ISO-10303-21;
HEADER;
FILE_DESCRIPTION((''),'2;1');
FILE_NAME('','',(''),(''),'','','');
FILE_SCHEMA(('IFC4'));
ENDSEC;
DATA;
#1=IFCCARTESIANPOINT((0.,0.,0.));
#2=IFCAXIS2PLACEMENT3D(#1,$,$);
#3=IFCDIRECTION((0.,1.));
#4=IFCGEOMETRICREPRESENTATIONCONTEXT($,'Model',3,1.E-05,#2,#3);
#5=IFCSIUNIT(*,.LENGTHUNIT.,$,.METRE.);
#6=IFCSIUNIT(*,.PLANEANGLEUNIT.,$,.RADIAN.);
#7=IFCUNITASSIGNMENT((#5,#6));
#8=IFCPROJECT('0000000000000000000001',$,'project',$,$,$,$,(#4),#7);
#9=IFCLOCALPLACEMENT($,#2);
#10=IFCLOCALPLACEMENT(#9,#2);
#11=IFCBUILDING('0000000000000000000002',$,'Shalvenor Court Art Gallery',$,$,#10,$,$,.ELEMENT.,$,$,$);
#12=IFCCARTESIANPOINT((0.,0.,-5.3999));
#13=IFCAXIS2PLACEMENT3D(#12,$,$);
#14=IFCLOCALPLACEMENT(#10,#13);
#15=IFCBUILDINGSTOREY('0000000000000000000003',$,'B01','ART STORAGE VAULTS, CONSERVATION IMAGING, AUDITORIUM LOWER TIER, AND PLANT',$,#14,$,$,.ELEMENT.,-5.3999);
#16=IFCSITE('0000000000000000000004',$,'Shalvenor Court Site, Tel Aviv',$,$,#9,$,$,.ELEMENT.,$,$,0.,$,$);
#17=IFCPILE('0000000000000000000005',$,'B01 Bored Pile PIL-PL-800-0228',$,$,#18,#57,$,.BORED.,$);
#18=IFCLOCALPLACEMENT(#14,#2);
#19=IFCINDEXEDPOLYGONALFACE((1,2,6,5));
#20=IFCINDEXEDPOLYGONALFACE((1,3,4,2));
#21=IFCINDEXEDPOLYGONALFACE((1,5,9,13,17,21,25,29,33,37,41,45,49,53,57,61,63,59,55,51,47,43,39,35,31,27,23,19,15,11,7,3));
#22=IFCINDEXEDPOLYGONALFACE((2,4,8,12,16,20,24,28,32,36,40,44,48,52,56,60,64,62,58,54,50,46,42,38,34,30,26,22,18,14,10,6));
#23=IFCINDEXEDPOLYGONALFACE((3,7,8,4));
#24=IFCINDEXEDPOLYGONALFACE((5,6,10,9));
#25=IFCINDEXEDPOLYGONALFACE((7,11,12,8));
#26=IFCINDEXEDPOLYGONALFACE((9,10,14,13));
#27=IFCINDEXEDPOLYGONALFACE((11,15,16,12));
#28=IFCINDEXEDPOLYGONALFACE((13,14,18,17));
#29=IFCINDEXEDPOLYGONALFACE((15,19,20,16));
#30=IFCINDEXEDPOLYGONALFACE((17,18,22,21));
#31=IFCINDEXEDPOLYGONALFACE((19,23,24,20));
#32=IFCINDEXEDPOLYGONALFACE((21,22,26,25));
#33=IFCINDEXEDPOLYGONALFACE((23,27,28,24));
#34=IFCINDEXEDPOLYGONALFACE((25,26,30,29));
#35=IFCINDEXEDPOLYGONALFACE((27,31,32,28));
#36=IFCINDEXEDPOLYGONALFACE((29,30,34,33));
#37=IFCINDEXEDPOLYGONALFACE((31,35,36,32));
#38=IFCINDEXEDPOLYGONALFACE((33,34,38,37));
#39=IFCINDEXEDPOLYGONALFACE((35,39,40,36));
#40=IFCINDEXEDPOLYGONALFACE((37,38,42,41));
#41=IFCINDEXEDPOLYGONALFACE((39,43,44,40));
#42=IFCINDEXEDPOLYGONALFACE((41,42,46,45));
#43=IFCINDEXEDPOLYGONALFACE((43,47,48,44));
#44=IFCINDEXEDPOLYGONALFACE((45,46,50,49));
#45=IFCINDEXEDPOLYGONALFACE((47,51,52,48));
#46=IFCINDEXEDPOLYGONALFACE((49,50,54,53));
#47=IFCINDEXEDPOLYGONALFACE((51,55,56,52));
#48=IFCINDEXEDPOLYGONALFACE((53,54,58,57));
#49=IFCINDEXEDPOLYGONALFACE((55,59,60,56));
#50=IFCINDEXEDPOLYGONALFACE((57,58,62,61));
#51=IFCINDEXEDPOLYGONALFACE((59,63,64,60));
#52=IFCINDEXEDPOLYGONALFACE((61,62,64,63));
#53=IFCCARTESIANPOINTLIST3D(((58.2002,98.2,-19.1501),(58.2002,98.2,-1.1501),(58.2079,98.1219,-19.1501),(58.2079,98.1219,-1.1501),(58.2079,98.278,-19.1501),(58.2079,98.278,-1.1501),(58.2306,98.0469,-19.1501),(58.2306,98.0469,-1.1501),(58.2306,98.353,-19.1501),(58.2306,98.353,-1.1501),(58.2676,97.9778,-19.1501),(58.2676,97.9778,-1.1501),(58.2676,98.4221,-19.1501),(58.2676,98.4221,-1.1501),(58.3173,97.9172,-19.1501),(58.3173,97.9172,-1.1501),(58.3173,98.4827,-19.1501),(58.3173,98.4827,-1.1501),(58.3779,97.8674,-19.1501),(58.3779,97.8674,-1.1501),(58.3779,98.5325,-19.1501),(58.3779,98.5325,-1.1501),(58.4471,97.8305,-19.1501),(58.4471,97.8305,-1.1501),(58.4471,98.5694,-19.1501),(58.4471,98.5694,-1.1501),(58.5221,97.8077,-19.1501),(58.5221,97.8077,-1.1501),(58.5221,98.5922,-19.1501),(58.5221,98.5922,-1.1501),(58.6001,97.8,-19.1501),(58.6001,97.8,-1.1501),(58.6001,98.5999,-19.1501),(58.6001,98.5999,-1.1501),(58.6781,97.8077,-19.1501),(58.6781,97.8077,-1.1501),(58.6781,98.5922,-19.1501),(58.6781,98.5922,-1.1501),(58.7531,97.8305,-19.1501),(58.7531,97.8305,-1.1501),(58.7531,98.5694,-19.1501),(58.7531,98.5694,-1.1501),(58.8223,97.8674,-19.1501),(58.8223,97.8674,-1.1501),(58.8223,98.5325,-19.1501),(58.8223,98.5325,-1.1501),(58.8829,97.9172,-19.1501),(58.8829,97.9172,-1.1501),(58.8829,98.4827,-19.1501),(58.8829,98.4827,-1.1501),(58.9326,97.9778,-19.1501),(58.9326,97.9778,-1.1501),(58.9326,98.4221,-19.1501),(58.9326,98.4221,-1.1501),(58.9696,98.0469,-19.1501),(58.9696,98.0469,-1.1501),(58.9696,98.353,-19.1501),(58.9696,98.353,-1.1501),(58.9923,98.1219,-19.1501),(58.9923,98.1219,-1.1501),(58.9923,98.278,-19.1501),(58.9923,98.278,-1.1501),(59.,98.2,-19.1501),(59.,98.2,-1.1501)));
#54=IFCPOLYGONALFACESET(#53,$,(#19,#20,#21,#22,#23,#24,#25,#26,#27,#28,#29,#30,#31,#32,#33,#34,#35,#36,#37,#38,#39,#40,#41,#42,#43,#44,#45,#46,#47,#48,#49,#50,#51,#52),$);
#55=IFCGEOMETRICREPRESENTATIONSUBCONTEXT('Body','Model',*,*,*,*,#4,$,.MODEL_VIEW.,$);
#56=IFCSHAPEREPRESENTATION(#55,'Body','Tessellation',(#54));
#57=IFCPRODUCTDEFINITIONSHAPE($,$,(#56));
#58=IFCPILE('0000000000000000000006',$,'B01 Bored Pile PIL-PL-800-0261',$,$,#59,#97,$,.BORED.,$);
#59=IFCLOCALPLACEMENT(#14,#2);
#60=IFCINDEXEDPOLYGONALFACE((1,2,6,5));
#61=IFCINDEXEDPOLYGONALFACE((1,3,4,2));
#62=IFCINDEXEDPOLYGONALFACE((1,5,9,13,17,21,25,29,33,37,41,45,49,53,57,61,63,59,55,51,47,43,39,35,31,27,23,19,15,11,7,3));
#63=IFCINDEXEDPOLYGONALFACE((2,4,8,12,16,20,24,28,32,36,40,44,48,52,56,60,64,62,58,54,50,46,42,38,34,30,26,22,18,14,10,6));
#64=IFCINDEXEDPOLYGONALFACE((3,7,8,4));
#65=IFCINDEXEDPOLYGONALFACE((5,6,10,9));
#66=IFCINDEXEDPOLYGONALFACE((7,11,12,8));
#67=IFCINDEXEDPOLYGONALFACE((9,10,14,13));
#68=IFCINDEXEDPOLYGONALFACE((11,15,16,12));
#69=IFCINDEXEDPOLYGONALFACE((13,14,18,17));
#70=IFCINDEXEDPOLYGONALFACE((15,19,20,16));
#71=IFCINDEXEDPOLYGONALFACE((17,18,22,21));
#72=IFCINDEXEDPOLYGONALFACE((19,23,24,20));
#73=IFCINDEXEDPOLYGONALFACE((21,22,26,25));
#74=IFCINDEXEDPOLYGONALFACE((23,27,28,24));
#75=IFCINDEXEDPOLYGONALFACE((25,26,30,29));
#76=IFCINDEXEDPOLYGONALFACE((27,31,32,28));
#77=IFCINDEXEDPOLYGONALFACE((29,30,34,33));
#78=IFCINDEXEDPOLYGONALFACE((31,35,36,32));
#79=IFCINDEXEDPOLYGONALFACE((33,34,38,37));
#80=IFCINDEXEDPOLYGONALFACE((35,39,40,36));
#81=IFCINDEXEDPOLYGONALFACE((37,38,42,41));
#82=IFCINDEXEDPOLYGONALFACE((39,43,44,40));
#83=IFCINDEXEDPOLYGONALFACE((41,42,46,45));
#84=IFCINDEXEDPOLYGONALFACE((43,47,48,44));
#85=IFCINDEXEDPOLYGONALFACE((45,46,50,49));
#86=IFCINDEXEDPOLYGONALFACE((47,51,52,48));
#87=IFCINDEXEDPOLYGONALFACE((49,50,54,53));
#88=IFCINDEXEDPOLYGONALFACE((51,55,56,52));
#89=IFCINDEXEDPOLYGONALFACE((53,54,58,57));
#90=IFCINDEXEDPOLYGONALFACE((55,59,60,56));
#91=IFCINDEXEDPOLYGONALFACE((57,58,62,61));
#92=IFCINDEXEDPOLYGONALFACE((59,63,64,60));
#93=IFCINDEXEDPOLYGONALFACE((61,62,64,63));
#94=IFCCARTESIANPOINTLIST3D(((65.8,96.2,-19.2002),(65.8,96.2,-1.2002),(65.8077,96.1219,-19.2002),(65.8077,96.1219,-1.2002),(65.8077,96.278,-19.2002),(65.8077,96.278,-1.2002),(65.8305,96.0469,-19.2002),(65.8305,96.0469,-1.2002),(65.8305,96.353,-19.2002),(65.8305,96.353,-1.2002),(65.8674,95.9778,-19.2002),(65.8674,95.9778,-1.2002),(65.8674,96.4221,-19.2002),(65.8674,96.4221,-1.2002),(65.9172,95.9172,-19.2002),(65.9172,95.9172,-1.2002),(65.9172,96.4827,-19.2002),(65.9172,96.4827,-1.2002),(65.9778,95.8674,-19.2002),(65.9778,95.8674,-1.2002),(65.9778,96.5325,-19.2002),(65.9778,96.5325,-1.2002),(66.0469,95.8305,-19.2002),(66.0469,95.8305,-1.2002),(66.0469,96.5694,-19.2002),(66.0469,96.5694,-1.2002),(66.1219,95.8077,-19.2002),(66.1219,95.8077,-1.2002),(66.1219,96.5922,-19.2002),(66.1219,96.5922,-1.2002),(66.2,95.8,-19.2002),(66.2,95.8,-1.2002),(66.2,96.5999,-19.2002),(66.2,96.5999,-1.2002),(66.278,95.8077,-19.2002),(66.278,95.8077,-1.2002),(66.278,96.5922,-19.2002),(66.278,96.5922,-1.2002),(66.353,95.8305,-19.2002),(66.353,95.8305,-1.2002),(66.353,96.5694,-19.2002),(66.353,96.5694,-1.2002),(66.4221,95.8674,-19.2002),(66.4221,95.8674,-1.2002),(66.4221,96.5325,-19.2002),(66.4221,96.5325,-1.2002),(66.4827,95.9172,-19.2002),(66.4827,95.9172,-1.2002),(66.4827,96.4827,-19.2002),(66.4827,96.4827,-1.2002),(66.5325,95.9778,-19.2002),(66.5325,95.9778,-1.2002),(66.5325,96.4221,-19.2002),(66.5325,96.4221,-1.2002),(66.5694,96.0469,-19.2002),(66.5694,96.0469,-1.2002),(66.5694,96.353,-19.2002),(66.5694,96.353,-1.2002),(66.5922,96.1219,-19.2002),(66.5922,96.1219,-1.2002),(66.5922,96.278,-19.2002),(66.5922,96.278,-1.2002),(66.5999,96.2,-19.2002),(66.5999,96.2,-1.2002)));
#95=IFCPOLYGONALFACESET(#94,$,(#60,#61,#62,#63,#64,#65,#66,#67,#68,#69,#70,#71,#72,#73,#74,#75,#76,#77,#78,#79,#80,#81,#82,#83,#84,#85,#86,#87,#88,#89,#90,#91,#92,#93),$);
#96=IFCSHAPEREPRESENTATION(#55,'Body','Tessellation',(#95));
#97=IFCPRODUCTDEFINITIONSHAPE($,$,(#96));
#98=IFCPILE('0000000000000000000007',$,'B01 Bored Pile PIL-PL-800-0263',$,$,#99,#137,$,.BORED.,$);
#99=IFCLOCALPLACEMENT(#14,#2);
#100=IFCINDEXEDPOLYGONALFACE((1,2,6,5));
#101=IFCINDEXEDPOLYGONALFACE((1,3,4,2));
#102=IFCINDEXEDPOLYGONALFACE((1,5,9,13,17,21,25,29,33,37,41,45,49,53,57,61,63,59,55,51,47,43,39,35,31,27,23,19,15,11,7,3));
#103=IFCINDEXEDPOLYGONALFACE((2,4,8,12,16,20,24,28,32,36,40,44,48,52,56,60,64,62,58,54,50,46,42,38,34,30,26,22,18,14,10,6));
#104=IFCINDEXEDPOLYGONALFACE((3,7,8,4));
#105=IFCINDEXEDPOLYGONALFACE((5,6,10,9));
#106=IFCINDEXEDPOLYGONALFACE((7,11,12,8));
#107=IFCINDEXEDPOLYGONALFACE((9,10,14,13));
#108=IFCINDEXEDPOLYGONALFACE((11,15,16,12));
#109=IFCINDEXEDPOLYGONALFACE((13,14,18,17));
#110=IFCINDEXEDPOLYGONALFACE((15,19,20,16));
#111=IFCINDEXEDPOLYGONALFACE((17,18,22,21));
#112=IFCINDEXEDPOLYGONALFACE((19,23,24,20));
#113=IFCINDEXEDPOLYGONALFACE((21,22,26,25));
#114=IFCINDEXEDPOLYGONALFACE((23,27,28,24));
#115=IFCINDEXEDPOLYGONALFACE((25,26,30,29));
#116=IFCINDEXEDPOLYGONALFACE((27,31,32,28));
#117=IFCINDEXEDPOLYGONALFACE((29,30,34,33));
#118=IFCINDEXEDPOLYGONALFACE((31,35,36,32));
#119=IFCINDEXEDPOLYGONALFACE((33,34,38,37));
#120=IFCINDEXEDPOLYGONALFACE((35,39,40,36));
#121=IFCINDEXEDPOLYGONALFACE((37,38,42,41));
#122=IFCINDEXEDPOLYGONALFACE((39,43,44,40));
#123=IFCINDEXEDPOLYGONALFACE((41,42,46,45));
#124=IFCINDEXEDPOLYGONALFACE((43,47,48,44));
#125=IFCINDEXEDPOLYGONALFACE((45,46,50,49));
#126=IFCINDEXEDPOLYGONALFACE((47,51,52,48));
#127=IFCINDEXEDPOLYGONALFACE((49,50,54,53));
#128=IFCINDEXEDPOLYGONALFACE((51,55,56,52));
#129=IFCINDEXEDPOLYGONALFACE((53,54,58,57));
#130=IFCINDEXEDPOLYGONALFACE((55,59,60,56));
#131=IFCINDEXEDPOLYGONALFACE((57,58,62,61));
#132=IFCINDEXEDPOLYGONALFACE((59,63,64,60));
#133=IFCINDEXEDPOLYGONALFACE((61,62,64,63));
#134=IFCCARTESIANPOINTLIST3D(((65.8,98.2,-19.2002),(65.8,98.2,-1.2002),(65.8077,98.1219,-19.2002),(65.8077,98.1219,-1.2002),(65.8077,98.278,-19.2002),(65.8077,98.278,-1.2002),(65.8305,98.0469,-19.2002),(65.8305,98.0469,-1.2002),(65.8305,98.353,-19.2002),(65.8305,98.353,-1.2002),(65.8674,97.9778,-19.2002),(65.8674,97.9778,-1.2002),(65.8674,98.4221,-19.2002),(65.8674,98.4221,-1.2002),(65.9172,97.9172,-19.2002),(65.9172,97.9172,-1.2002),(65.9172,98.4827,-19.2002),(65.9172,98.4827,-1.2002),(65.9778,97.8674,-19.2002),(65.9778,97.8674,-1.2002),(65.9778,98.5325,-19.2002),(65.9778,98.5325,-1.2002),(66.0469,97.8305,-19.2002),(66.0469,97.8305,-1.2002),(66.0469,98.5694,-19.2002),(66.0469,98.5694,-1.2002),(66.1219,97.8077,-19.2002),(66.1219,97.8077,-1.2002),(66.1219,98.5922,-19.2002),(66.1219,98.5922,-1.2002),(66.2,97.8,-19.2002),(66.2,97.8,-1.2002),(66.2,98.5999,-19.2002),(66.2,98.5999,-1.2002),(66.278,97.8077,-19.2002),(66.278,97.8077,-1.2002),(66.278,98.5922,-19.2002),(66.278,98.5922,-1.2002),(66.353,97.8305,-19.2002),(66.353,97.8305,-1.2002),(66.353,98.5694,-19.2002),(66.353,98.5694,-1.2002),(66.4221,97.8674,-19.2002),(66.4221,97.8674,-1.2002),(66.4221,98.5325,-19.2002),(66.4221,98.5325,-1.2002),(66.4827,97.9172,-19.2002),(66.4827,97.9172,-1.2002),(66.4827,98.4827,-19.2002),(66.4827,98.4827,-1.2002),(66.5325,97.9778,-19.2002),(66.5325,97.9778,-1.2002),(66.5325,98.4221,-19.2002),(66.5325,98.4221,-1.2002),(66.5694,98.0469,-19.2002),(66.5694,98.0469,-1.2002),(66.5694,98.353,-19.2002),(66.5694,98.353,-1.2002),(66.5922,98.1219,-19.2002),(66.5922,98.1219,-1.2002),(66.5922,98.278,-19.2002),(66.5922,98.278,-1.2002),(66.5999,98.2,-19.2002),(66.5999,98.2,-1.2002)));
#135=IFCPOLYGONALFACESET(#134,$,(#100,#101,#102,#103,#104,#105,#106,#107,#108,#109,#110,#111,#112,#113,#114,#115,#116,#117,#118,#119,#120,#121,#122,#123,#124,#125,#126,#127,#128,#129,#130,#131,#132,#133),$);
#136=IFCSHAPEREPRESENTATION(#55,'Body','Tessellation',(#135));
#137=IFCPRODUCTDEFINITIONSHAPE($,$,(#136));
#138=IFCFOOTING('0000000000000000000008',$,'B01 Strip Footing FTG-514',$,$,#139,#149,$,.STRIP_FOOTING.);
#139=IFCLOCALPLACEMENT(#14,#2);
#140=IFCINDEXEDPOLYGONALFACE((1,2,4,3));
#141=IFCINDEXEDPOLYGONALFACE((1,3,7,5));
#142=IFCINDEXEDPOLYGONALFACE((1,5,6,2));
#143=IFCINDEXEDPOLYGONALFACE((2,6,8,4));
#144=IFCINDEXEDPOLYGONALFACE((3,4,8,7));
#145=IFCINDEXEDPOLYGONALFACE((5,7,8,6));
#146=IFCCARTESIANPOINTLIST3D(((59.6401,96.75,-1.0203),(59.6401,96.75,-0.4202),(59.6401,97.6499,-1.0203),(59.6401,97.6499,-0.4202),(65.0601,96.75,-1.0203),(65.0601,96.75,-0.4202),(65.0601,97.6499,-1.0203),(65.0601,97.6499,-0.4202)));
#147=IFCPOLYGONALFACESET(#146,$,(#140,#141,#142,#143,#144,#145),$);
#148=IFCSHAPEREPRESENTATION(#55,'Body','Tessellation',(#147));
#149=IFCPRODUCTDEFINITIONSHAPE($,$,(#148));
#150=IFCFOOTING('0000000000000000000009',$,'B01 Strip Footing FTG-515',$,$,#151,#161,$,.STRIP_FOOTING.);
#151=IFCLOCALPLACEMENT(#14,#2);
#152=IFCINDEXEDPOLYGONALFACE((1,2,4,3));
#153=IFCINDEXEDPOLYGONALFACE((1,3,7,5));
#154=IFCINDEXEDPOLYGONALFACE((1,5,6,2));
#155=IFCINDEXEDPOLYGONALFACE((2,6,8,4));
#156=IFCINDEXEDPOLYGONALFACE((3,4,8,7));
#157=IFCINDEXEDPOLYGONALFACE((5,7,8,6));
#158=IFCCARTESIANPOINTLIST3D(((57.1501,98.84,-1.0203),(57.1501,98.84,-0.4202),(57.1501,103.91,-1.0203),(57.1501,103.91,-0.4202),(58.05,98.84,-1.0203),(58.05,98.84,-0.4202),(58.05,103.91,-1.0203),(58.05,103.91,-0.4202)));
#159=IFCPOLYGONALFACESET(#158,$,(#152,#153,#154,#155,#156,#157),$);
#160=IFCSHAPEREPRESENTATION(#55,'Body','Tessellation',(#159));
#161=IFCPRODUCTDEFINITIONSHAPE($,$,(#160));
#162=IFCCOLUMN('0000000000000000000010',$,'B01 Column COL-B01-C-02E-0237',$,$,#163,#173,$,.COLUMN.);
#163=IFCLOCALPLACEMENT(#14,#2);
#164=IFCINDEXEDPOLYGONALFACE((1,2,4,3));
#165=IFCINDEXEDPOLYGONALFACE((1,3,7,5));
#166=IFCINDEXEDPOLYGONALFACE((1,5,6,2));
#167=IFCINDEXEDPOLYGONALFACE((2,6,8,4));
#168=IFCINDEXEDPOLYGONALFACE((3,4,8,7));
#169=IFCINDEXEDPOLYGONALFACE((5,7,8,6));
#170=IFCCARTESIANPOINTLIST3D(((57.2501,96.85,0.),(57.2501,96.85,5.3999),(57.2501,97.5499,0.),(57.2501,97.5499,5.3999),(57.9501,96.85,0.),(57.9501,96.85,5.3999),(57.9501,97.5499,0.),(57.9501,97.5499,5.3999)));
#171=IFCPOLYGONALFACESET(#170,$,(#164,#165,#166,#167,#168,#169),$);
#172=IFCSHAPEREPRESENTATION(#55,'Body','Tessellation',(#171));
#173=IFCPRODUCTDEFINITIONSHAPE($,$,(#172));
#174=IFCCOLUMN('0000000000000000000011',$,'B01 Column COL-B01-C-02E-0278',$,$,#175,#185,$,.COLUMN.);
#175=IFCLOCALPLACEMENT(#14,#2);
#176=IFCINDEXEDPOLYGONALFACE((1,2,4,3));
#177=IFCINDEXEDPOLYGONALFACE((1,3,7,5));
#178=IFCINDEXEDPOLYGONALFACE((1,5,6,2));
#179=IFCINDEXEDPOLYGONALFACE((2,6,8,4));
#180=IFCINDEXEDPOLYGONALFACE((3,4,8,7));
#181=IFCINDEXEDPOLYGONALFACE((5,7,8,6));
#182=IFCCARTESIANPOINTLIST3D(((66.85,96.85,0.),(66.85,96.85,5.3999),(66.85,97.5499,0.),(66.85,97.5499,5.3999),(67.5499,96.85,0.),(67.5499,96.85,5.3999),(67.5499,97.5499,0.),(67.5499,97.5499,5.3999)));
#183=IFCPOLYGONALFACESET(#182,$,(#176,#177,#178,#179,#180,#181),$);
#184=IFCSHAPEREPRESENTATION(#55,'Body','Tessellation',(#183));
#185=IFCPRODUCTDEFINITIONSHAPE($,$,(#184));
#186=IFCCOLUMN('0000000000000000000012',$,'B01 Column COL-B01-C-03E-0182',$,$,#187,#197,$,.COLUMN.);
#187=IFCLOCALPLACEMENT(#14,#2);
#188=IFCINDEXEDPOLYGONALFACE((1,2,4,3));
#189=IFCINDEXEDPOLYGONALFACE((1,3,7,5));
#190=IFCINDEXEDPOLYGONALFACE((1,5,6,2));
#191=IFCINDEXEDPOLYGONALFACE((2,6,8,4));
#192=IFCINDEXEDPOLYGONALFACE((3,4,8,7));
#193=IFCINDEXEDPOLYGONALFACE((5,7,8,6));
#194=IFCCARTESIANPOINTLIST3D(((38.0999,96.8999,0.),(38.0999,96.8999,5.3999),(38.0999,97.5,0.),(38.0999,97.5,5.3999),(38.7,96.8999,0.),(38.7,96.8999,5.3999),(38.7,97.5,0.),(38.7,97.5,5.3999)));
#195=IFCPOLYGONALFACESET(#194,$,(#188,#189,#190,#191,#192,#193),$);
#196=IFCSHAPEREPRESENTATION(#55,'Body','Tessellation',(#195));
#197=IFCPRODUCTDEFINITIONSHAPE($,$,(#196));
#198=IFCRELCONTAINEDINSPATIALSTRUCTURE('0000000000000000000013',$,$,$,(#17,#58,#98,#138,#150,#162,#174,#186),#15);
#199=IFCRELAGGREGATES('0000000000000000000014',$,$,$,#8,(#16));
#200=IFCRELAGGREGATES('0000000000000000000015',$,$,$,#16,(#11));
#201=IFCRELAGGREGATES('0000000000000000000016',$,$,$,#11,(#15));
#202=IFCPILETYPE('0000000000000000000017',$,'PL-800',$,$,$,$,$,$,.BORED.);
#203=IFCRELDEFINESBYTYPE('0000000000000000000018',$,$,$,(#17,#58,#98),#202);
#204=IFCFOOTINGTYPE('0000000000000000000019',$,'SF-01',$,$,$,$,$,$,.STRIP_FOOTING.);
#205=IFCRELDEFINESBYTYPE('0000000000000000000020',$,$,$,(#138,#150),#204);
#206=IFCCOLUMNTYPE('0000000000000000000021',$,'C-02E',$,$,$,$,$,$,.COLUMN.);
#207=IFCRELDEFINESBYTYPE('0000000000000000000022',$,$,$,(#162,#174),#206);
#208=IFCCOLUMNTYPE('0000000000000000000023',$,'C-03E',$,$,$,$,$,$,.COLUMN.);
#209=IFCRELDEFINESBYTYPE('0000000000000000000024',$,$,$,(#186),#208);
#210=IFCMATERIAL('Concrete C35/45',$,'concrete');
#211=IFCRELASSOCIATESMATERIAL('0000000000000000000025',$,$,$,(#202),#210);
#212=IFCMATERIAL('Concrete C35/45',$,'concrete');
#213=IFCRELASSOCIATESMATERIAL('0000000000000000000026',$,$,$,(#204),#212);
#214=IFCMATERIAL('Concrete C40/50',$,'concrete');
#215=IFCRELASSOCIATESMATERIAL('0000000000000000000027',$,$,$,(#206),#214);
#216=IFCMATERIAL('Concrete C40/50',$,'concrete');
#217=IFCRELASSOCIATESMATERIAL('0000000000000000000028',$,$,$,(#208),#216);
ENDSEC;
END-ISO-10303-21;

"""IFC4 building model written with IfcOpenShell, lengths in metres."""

from ifc_helpers import new_model, si_unit, direction, frame, origin, origin_2d, place, context, subcontext, project, spatial, rectangle, circle, extrude, material, material_profile, profile_set, type_object, element, save


model = new_model("IFC4")

# Units and contexts
model_context = context("Model", 3, precision=1e-05, world=origin(), true_north=direction((0.0, 1.0)))
body_context = subcontext(model_context, "Body", "Model", "MODEL_VIEW")
ifc_project = project(units=[si_unit("LENGTHUNIT", "METRE"), si_unit("PLANEANGLEUNIT", "RADIAN")], contexts=[model_context])

# Site, building, storey
site_placement = place(None, origin())
site = spatial("IfcSite", under=ifc_project, at=site_placement, Name="Shalvenor Court Site, Tel Aviv", CompositionType="ELEMENT", RefElevation=0.0)
building_placement = place(site_placement, origin())
building = spatial("IfcBuilding", under=site, at=building_placement, Name="Shalvenor Court Art Gallery", CompositionType="ELEMENT")
storey_placement = place(building_placement, frame((0.0, 0.0, -5.3999)))
storey = spatial("IfcBuildingStorey", under=building, at=storey_placement, Name="B01", Description="ART STORAGE VAULTS, CONSERVATION IMAGING, AUDITORIUM LOWER TIER, AND PLANT", CompositionType="ELEMENT", Elevation=-5.3999)

# Piles
ifc_material_1 = material(Name="Concrete C35/45", Category="concrete")
ifc_material_profile_1 = material_profile(ifc_material_1, circle(Radius=0.3999, at=origin_2d()), Name="PILE 800")
ifc_profile_set_1 = profile_set([ifc_material_profile_1], Name="Concrete C35/45")
pile_type_1 = type_object("IfcPileType", Name="PL-800", PredefinedType="BORED", material=ifc_profile_set_1)
for number, where, z_axis, x_axis, name in (
    (1, (58.6001, 98.2, -1.1501), (0.0, 0.0, -1.0), (1.0, 0.0, 0.0), "B01 Bored Pile PIL-PL-800-0228"),
    (2, (66.2, 96.2, -1.2002), (0.0, 0.0, -1.0), (1.0, 0.0, 0.0), "B01 Bored Pile PIL-PL-800-0261"),
    (3, (66.2, 98.2, -1.2002), (0.0, 0.0, -1.0), (1.0, 0.0, 0.0), "B01 Bored Pile PIL-PL-800-0263"),
):
    element("IfcPile", number, at=place(storey_placement, frame(where, z_axis=z_axis, x_axis=x_axis)), inside=storey, type_object=pile_type_1, Name=name, PredefinedType="BORED", context=body_context, shape_type="SweptSolid", body=[
        extrude(circle(Radius=0.3999, at=origin_2d()), origin(), (0.0, 0.0, 1.0), 18.0),
    ])

# Footings
ifc_material_2 = material(Name="Concrete C35/45", Category="concrete")
footing_type_1 = type_object("IfcFootingType", Name="SF-01", PredefinedType="STRIP_FOOTING", material=ifc_material_2)
footing_1_placement = place(storey_placement, frame((62.3501, 97.2, -1.0203), z_axis=(0.0, 0.0, 1.0), x_axis=(1.0, 0.0, 0.0)))
element("IfcFooting", 4, at=footing_1_placement, inside=storey, type_object=footing_type_1, Name="B01 Strip Footing FTG-514", PredefinedType="STRIP_FOOTING", context=body_context, shape_type="SweptSolid", body=[
    extrude(rectangle(XDim=5.4199, YDim=0.8999, at=origin_2d()), origin(), (0.0, 0.0, 1.0), 0.6001),
])
footing_2_placement = place(storey_placement, frame((57.6001, 101.375, -1.0203), z_axis=(0.0, 0.0, 1.0), x_axis=(0.0, 1.0, 0.0)))
element("IfcFooting", 5, at=footing_2_placement, inside=storey, type_object=footing_type_1, Name="B01 Strip Footing FTG-515", PredefinedType="STRIP_FOOTING", context=body_context, shape_type="SweptSolid", body=[
    extrude(rectangle(XDim=5.0701, YDim=0.8999, at=origin_2d()), origin(), (0.0, 0.0, 1.0), 0.6001),
])

# Columns
ifc_material_3 = material(Name="Concrete C40/50", Category="concrete")
ifc_material_profile_2 = material_profile(ifc_material_3, rectangle(XDim=0.7, YDim=0.7, at=origin_2d()), Name="RC 700x700")
ifc_profile_set_2 = profile_set([ifc_material_profile_2], Name="Concrete C40/50")
column_type_1 = type_object("IfcColumnType", Name="C-02E", PredefinedType="COLUMN", material=ifc_profile_set_2)
for number, where, z_axis, x_axis, name in (
    (6, (57.6001, 97.2, 0.0), (0.0, 0.0, 1.0), (1.0, 0.0, 0.0), "B01 Column COL-B01-C-02E-0237"),
    (7, (67.2, 97.2, 0.0), (0.0, 0.0, 1.0), (1.0, 0.0, 0.0), "B01 Column COL-B01-C-02E-0278"),
):
    element("IfcColumn", number, at=place(storey_placement, frame(where, z_axis=z_axis, x_axis=x_axis)), inside=storey, type_object=column_type_1, Name=name, PredefinedType="COLUMN", context=body_context, shape_type="SweptSolid", body=[
        extrude(rectangle(XDim=0.7, YDim=0.7, at=origin_2d()), origin(), (0.0, 0.0, 1.0), 5.3999),
    ])
ifc_material_4 = material(Name="Concrete C40/50", Category="concrete")
ifc_material_profile_3 = material_profile(ifc_material_4, rectangle(XDim=0.6001, YDim=0.6001, at=origin_2d()), Name="RC 600x600")
ifc_profile_set_3 = profile_set([ifc_material_profile_3], Name="Concrete C40/50")
column_type_2 = type_object("IfcColumnType", Name="C-03E", PredefinedType="COLUMN", material=ifc_profile_set_3)
column_placement = place(storey_placement, frame((38.3999, 97.2, 0.0), z_axis=(0.0, 0.0, 1.0), x_axis=(1.0, 0.0, 0.0)))
element("IfcColumn", 8, at=column_placement, inside=storey, type_object=column_type_2, Name="B01 Column COL-B01-C-03E-0182", PredefinedType="COLUMN", context=body_context, shape_type="SweptSolid", body=[
    extrude(rectangle(XDim=0.6001, YDim=0.6001, at=origin_2d()), origin(), (0.0, 0.0, 1.0), 5.3999),
])

save(model, "model.ifc")
